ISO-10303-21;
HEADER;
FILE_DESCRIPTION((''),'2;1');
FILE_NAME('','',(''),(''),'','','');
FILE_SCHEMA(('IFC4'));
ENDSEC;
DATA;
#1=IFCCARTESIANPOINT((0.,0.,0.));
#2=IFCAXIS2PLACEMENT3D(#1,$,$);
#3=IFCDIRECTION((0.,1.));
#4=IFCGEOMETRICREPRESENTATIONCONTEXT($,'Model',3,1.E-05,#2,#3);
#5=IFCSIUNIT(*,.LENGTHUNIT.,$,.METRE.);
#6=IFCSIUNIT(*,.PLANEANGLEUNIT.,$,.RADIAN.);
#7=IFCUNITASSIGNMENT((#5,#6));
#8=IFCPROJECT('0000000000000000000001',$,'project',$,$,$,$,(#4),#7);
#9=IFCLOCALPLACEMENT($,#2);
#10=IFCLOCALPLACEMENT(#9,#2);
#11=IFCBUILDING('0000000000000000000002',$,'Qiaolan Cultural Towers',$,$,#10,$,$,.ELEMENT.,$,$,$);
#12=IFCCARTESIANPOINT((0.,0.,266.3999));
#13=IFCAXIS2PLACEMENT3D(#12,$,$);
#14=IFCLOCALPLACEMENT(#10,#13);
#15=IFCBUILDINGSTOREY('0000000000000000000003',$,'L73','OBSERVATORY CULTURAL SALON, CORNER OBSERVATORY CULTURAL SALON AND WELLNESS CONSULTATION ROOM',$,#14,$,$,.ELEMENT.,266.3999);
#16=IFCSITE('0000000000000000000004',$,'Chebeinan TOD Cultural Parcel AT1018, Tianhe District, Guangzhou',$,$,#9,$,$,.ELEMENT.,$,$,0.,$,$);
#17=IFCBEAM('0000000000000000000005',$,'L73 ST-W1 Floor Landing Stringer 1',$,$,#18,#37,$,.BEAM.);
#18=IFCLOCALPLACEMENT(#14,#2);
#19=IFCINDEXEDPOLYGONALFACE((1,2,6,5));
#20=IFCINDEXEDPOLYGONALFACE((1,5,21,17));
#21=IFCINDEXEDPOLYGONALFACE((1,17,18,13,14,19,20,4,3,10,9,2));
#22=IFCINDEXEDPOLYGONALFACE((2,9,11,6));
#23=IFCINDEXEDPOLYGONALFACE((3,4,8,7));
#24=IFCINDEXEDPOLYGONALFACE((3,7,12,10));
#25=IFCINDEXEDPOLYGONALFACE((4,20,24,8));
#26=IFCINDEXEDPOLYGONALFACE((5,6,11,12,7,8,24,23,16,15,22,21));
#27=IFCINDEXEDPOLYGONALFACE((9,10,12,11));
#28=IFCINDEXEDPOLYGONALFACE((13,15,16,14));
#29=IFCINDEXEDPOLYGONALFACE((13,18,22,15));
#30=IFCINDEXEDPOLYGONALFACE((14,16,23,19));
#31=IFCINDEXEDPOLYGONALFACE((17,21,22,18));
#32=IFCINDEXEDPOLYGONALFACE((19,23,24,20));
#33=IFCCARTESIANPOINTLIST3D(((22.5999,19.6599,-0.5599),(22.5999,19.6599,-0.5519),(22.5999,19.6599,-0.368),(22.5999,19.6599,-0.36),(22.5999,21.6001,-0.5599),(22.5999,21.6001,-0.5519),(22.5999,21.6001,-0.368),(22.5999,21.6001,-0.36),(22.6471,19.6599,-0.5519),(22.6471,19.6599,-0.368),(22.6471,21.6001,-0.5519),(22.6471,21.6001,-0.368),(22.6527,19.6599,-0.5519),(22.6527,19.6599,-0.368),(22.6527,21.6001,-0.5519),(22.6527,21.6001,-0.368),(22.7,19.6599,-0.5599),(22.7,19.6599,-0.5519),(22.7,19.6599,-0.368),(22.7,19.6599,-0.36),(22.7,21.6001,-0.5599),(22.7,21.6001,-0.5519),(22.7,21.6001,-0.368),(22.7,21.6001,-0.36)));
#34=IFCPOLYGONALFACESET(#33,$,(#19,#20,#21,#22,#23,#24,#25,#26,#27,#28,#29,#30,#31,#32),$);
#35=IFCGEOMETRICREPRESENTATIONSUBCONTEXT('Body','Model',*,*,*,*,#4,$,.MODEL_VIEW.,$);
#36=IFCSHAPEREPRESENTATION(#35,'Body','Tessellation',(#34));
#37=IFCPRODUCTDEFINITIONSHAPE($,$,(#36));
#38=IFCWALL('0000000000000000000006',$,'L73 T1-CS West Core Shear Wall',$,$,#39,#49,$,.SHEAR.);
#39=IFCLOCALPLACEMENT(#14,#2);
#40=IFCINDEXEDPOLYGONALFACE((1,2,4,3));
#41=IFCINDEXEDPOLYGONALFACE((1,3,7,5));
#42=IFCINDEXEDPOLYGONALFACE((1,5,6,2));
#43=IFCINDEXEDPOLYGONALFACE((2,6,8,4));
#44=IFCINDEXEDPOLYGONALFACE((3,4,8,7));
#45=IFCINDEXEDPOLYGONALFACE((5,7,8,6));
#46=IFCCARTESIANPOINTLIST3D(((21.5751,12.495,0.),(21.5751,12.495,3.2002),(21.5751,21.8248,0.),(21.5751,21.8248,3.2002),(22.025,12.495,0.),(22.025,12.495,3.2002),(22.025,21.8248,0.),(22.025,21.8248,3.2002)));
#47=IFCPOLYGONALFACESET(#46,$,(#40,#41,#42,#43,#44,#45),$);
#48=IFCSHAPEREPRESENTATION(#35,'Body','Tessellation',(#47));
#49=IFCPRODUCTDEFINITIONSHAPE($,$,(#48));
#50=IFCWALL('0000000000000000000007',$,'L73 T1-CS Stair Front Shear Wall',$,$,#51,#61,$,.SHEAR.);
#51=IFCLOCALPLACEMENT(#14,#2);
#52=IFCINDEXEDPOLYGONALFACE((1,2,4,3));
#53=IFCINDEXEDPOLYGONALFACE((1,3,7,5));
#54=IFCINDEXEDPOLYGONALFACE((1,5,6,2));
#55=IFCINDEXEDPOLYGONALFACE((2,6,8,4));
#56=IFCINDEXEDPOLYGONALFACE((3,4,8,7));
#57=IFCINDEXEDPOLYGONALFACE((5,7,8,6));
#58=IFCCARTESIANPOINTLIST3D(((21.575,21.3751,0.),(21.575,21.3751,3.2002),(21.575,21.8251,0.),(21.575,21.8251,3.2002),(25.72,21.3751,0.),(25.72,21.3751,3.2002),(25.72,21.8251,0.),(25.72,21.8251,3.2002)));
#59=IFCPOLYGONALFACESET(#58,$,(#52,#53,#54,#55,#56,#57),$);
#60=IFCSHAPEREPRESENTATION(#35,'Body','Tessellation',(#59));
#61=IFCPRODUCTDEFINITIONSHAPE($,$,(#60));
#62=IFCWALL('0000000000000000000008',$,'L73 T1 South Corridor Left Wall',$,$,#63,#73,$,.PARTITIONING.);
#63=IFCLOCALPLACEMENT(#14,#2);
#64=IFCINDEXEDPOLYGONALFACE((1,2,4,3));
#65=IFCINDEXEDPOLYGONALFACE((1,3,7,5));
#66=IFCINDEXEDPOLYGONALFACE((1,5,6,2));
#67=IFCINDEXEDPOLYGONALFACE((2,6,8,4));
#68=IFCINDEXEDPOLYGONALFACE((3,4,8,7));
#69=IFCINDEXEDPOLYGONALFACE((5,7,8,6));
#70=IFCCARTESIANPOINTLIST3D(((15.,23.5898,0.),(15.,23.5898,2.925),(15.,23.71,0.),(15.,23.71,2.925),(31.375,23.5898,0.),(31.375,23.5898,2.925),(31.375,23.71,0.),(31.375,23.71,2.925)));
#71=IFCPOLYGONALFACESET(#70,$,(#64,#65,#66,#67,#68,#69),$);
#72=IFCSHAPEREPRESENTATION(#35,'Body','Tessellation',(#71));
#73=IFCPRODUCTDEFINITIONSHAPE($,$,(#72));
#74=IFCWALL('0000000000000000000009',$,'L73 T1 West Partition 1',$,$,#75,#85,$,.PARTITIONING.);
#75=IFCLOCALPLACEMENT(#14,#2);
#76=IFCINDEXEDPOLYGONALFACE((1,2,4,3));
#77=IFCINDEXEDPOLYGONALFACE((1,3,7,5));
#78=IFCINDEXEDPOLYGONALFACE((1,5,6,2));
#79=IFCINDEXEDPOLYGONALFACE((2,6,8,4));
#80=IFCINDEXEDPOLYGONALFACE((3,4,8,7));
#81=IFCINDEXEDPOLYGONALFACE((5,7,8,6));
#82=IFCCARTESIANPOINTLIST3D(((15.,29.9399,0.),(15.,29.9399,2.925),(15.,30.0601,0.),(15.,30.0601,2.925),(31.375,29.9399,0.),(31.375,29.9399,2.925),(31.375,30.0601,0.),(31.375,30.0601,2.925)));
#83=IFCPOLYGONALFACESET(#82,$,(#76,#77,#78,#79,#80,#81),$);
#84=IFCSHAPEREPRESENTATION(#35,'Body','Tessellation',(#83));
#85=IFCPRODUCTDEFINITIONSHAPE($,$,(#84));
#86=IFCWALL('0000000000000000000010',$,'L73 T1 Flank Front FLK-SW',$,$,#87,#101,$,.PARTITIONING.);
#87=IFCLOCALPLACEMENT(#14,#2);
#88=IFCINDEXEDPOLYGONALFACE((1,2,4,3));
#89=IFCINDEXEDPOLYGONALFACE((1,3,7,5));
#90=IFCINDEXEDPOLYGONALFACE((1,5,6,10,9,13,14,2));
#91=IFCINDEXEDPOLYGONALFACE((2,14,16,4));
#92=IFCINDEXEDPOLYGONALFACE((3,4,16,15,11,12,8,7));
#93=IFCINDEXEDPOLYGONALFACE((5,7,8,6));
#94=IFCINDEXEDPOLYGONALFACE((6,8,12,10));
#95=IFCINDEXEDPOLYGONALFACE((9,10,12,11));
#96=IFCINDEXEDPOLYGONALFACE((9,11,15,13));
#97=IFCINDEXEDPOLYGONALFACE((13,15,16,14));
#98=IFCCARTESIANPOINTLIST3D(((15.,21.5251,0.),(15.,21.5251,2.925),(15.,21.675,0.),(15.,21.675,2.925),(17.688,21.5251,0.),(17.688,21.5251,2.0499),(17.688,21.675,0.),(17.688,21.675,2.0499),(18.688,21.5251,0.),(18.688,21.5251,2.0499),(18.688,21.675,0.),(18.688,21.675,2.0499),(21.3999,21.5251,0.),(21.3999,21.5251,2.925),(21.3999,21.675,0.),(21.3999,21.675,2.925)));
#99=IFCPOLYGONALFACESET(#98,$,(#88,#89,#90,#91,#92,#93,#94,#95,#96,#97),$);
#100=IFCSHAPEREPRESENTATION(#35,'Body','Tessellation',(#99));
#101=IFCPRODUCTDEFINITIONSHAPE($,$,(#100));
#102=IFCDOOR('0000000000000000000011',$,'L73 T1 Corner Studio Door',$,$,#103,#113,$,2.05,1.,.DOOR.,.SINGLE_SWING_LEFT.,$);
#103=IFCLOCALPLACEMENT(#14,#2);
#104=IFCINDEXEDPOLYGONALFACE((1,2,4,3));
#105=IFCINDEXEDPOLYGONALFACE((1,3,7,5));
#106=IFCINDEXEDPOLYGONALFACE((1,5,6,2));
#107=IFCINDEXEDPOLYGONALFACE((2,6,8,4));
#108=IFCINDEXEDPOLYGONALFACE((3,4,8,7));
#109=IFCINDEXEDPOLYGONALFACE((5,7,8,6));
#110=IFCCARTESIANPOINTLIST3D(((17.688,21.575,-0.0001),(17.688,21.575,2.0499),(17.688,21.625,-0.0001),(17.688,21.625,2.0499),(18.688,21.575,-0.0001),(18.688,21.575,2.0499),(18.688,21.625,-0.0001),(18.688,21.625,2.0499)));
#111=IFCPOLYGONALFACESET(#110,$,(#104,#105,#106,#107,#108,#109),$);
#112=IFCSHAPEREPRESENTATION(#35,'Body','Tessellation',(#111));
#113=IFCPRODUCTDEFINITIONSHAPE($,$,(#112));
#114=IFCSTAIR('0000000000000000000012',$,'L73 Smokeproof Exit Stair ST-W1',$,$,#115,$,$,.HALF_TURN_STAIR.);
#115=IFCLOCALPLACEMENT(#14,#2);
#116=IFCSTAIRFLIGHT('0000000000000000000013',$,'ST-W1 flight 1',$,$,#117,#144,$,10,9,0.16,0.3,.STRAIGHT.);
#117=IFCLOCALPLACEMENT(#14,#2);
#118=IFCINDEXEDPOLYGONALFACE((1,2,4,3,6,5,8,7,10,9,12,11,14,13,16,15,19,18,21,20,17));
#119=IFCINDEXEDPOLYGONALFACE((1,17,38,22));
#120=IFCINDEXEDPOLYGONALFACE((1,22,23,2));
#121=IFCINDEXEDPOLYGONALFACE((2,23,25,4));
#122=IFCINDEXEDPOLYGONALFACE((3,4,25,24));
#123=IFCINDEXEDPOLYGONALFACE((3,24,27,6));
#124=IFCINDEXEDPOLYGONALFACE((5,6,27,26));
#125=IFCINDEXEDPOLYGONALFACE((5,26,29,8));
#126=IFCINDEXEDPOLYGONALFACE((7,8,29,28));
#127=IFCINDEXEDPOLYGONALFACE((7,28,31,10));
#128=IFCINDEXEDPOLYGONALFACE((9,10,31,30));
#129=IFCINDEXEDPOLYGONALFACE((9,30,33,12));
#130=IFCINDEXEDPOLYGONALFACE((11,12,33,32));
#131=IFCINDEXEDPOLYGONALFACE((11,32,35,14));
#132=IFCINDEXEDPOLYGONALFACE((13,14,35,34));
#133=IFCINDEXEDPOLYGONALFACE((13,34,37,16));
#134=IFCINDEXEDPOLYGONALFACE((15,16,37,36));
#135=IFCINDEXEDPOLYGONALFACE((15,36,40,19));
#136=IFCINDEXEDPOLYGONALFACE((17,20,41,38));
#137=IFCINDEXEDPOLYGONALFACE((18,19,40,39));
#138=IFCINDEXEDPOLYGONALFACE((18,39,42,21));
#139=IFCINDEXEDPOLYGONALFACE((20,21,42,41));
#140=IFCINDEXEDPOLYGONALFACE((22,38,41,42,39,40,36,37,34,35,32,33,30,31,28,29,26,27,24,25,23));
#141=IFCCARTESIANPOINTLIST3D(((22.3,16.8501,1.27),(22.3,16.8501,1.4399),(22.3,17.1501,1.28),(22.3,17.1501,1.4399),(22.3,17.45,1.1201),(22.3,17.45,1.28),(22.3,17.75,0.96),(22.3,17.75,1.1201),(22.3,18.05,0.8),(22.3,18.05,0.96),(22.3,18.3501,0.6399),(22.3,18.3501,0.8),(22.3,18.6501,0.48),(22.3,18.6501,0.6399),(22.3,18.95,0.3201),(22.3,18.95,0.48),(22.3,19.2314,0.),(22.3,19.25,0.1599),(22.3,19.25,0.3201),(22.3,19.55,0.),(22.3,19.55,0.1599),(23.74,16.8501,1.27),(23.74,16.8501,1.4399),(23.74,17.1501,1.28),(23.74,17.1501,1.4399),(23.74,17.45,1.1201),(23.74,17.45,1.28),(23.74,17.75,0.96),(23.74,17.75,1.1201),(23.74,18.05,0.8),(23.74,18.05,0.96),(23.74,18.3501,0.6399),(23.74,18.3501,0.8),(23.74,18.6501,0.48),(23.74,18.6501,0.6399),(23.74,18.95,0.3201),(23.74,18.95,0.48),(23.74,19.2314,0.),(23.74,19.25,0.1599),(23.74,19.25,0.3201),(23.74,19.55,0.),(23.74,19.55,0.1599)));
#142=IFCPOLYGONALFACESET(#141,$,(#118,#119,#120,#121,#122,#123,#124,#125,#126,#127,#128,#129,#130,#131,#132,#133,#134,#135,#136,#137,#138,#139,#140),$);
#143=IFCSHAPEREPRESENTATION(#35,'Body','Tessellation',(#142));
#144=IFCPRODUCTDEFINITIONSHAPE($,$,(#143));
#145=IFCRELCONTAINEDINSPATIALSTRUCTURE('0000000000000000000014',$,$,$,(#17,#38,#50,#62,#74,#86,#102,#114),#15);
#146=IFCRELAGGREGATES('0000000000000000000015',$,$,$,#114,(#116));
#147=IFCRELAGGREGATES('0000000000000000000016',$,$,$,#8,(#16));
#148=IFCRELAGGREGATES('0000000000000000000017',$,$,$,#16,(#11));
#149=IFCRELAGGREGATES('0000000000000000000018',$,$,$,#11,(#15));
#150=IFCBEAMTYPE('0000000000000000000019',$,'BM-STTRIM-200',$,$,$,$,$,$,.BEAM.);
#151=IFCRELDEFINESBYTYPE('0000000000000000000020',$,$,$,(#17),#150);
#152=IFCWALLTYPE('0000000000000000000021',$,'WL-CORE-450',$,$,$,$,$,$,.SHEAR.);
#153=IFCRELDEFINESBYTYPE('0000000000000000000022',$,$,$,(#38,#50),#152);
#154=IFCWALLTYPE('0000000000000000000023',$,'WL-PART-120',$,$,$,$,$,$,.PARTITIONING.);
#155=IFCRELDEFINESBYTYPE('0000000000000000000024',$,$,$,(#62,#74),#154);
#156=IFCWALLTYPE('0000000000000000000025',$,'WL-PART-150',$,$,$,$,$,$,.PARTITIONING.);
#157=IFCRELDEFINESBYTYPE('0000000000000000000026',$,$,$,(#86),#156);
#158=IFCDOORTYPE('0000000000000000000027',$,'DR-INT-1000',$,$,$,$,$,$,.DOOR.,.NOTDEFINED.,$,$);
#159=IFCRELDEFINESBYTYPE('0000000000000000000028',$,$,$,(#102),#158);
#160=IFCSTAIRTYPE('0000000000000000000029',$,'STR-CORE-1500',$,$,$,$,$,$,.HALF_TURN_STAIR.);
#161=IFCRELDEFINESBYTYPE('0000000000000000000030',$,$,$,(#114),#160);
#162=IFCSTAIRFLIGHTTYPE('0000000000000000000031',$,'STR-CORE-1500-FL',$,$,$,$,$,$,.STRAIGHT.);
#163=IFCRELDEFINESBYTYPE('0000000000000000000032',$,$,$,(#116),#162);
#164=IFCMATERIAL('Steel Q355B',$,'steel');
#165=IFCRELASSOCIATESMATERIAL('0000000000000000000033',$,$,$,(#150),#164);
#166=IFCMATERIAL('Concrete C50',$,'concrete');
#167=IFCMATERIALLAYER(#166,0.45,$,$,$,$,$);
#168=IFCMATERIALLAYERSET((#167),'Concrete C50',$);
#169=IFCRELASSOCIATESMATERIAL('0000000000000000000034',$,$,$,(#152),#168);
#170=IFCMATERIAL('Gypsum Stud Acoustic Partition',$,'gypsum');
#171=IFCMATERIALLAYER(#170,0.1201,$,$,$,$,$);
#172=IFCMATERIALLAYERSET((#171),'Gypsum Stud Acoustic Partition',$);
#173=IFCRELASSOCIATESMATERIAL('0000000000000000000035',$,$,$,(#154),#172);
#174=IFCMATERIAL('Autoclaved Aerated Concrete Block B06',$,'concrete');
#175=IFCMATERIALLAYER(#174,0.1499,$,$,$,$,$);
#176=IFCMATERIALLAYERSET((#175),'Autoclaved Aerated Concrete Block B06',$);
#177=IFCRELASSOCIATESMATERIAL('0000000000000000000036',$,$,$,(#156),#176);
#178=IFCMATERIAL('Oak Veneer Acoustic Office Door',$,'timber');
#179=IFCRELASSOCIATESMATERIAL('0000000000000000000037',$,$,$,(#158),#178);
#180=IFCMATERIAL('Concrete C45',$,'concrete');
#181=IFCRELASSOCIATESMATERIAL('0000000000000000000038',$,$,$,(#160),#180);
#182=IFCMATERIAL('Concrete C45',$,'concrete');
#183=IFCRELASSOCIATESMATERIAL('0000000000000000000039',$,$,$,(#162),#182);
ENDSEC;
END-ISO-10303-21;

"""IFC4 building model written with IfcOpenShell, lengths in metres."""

from ifc_helpers import new_model, si_unit, direction, frame, frame_2d, origin, origin_2d, place, context, subcontext, project, spatial, polyline, rectangle, i_section, outline, extrude, material, layer, layer_set, material_profile, profile_set, type_object, element, fill, aggregate, save


model = new_model("IFC4")

# Units and contexts
model_context = context("Model", 3, precision=1e-05, world=origin(), true_north=direction((0.0, 1.0)))
body_context = subcontext(model_context, "Body", "Model", "MODEL_VIEW")
ifc_project = project(units=[si_unit("LENGTHUNIT", "METRE"), si_unit("PLANEANGLEUNIT", "RADIAN")], contexts=[model_context])

# Site, building, storey
site_placement = place(None, origin())
site = spatial("IfcSite", under=ifc_project, at=site_placement, Name="Chebeinan TOD Cultural Parcel AT1018, Tianhe District, Guangzhou", CompositionType="ELEMENT", RefElevation=0.0)
building_placement = place(site_placement, origin())
building = spatial("IfcBuilding", under=site, at=building_placement, Name="Qiaolan Cultural Towers", CompositionType="ELEMENT")
storey_placement = place(building_placement, frame((0.0, 0.0, 266.3999)))
storey = spatial("IfcBuildingStorey", under=building, at=storey_placement, Name="L73", Description="OBSERVATORY CULTURAL SALON, CORNER OBSERVATORY CULTURAL SALON AND WELLNESS CONSULTATION ROOM", CompositionType="ELEMENT", Elevation=266.3999)

# Beam
ifc_material_1 = material(Name="Steel Q355B", Category="steel")
ifc_material_profile_1 = material_profile(ifc_material_1, i_section(OverallWidth=0.1001, OverallDepth=0.2, WebThickness=0.0056, FlangeThickness=0.0081, at=origin_2d()), Name="HN200x100x5.5x8")
ifc_profile_set_1 = profile_set([ifc_material_profile_1], Name="Steel Q355B")
beam_type_1 = type_object("IfcBeamType", Name="BM-STTRIM-200", PredefinedType="BEAM", material=ifc_profile_set_1)
beam_1_placement = place(storey_placement, frame((22.6499, 21.6001, -0.46), z_axis=(0.0, -1.0, 0.0), x_axis=(1.0, 0.0, 0.0)))
element("IfcBeam", 1, at=beam_1_placement, inside=storey, type_object=beam_type_1, Name="L73 ST-W1 Floor Landing Stringer 1", PredefinedType="BEAM", context=body_context, shape_type="SweptSolid", body=[
    extrude(i_section(OverallWidth=0.1001, OverallDepth=0.2, WebThickness=0.0056, FlangeThickness=0.0081, at=origin_2d()), origin(), (0.0, 0.0, 1.0), 1.9402),
])

# Walls
ifc_material_2 = material(Name="Concrete C50", Category="concrete")
ifc_layer_1 = layer(ifc_material_2, 0.45)
ifc_layer_set_1 = layer_set([ifc_layer_1], Name="Concrete C50")
wall_type_1 = type_object("IfcWallType", Name="WL-CORE-450", PredefinedType="SHEAR", material=ifc_layer_set_1)
wall_1_placement = place(storey_placement, frame((21.8, 21.825, 0.0), z_axis=(0.0, 0.0, 1.0), x_axis=(0.0, -1.0, 0.0)))
element("IfcWall", 2, at=wall_1_placement, inside=storey, type_object=wall_type_1, Name="L73 T1-CS West Core Shear Wall", PredefinedType="SHEAR", context=body_context, shape_type="SweptSolid", body=[
    extrude(rectangle(XDim=9.3298, YDim=0.45, at=frame_2d((4.665, 0.0))), origin(), (0.0, 0.0, 1.0), 3.2002),
])
wall_2_placement = place(storey_placement, frame((21.575, 21.6001, 0.0), z_axis=(0.0, 0.0, 1.0), x_axis=(1.0, 0.0, 0.0)))
element("IfcWall", 3, at=wall_2_placement, inside=storey, type_object=wall_type_1, Name="L73 T1-CS Stair Front Shear Wall", PredefinedType="SHEAR", context=body_context, shape_type="SweptSolid", body=[
    extrude(rectangle(XDim=4.145, YDim=0.45, at=frame_2d((2.0725, 0.0))), origin(), (0.0, 0.0, 1.0), 3.2002),
])
ifc_material_3 = material(Name="Gypsum Stud Acoustic Partition", Category="gypsum")
ifc_layer_2 = layer(ifc_material_3, 0.1201)
ifc_layer_set_2 = layer_set([ifc_layer_2], Name="Gypsum Stud Acoustic Partition")
wall_type_2 = type_object("IfcWallType", Name="WL-PART-120", PredefinedType="PARTITIONING", material=ifc_layer_set_2)
for number, where, z_axis, x_axis, name in (
    (4, (15.0, 23.6499, 0.0), (0.0, 0.0, 1.0), (1.0, 0.0, 0.0), "L73 T1 South Corridor Left Wall"),
    (5, (15.0, 30.0, 0.0), (0.0, 0.0, 1.0), (1.0, 0.0, 0.0), "L73 T1 West Partition 1"),
):
    element("IfcWall", number, at=place(storey_placement, frame(where, z_axis=z_axis, x_axis=x_axis)), inside=storey, type_object=wall_type_2, Name=name, PredefinedType="PARTITIONING", context=body_context, shape_type="SweptSolid", body=[
        extrude(rectangle(XDim=16.375, YDim=0.1201, at=frame_2d((8.1875, 0.0))), origin(), (0.0, 0.0, 1.0), 2.925),
    ])

# Wall, opening, door
ifc_material_4 = material(Name="Autoclaved Aerated Concrete Block B06", Category="concrete")
ifc_layer_3 = layer(ifc_material_4, 0.1499)
ifc_layer_set_3 = layer_set([ifc_layer_3], Name="Autoclaved Aerated Concrete Block B06")
wall_type_3 = type_object("IfcWallType", Name="WL-PART-150", PredefinedType="PARTITIONING", material=ifc_layer_set_3)
wall_3_placement = place(storey_placement, frame((15.0, 21.6001, 0.0), z_axis=(0.0, 0.0, 1.0), x_axis=(1.0, 0.0, 0.0)))
wall_3 = element("IfcWall", 6, at=wall_3_placement, inside=storey, type_object=wall_type_3, Name="L73 T1 Flank Front FLK-SW", PredefinedType="PARTITIONING", context=body_context, shape_type="SweptSolid", body=[
    extrude(rectangle(XDim=6.3999, YDim=0.1499, at=frame_2d((3.2, 0.0))), origin(), (0.0, 0.0, 1.0), 2.925),
])
opening_placement = place(wall_3_placement, frame((2.688, 0.0, 0.0)))
opening = element("IfcOpeningElement", 7, at=opening_placement, cuts=wall_3, PredefinedType="OPENING", context=body_context, shape_type="SweptSolid", body=[
    extrude(rectangle(XDim=1.0, YDim=2.05, at=frame_2d((0.5, 1.0249))), frame((0.0, 0.085, 0.0), z_axis=(0.0, -1.0, 0.0), x_axis=(1.0, 0.0, 0.0)), (0.0, 0.0, 1.0), 0.1699),
])
ifc_material_5 = material(Name="Oak Veneer Acoustic Office Door", Category="timber")
door_type = type_object("IfcDoorType", Name="DR-INT-1000", OperationType="NOTDEFINED", PredefinedType="DOOR", material=ifc_material_5)
door_placement = place(opening_placement, origin())
door = element("IfcDoor", 8, at=door_placement, inside=storey, type_object=door_type, Name="L73 T1 Corner Studio Door", OperationType="SINGLE_SWING_LEFT", OverallHeight=2.05, OverallWidth=1.0, PredefinedType="DOOR", context=body_context, shape_type="SweptSolid", body=[
    extrude(rectangle(XDim=1.0, YDim=2.05, at=frame_2d((0.5, 1.0249))), frame((0.0, 0.0249, 0.0), z_axis=(0.0, -1.0, 0.0), x_axis=(1.0, 0.0, 0.0)), (0.0, 0.0, 1.0), 0.05),
])
fill(opening, door)

# Stair, stair flight
ifc_material_6 = material(Name="Concrete C45", Category="concrete")
stair_type = type_object("IfcStairType", Name="STR-CORE-1500", PredefinedType="HALF_TURN_STAIR", material=ifc_material_6)
stair_placement = place(storey_placement, origin())
stair = element("IfcStair", 9, at=stair_placement, inside=storey, type_object=stair_type, Name="L73 Smokeproof Exit Stair ST-W1", PredefinedType="HALF_TURN_STAIR")
ifc_material_7 = material(Name="Concrete C45", Category="concrete")
stair_flight_type = type_object("IfcStairFlightType", Name="STR-CORE-1500-FL", PredefinedType="STRAIGHT", material=ifc_material_7)
stair_flight_placement = place(storey_placement, frame((23.02, 19.55, 0.0), z_axis=(0.0, 0.0, 1.0), x_axis=(0.0, -1.0, 0.0)))
stair_flight = element("IfcStairFlight", 10, at=stair_flight_placement, type_object=stair_flight_type, Name="ST-W1 flight 1", NumberOfRisers=10, NumberOfTreads=9, PredefinedType="STRAIGHT", RiserHeight=0.16, TreadLength=0.3, context=body_context, shape_type="SweptSolid", body=[
    extrude(outline(polyline([(0.0, 0.0), (0.0, 0.1599), (0.3, 0.1599), (0.3, 0.3201), (0.6001, 0.3201), (0.6001, 0.48), (0.8999, 0.48), (0.8999, 0.6399), (1.2, 0.6399), (1.2, 0.8), (1.5, 0.8), (1.5, 0.96), (1.8, 0.96), (1.8, 1.1201), (2.1001, 1.1201), (2.1001, 1.28), (2.3999, 1.28), (2.3999, 1.4399), (2.7, 1.4399), (2.7, 1.6001), (2.7, 1.27), (0.3186, 0.0), (0.0, 0.0)])), frame((0.0, 0.72, 0.0), z_axis=(0.0, -1.0, 0.0), x_axis=(1.0, 0.0, 0.0)), (0.0, 0.0, 1.0), 1.4399),
])
aggregate(stair, [stair_flight])

save(model, "model.ifc")
